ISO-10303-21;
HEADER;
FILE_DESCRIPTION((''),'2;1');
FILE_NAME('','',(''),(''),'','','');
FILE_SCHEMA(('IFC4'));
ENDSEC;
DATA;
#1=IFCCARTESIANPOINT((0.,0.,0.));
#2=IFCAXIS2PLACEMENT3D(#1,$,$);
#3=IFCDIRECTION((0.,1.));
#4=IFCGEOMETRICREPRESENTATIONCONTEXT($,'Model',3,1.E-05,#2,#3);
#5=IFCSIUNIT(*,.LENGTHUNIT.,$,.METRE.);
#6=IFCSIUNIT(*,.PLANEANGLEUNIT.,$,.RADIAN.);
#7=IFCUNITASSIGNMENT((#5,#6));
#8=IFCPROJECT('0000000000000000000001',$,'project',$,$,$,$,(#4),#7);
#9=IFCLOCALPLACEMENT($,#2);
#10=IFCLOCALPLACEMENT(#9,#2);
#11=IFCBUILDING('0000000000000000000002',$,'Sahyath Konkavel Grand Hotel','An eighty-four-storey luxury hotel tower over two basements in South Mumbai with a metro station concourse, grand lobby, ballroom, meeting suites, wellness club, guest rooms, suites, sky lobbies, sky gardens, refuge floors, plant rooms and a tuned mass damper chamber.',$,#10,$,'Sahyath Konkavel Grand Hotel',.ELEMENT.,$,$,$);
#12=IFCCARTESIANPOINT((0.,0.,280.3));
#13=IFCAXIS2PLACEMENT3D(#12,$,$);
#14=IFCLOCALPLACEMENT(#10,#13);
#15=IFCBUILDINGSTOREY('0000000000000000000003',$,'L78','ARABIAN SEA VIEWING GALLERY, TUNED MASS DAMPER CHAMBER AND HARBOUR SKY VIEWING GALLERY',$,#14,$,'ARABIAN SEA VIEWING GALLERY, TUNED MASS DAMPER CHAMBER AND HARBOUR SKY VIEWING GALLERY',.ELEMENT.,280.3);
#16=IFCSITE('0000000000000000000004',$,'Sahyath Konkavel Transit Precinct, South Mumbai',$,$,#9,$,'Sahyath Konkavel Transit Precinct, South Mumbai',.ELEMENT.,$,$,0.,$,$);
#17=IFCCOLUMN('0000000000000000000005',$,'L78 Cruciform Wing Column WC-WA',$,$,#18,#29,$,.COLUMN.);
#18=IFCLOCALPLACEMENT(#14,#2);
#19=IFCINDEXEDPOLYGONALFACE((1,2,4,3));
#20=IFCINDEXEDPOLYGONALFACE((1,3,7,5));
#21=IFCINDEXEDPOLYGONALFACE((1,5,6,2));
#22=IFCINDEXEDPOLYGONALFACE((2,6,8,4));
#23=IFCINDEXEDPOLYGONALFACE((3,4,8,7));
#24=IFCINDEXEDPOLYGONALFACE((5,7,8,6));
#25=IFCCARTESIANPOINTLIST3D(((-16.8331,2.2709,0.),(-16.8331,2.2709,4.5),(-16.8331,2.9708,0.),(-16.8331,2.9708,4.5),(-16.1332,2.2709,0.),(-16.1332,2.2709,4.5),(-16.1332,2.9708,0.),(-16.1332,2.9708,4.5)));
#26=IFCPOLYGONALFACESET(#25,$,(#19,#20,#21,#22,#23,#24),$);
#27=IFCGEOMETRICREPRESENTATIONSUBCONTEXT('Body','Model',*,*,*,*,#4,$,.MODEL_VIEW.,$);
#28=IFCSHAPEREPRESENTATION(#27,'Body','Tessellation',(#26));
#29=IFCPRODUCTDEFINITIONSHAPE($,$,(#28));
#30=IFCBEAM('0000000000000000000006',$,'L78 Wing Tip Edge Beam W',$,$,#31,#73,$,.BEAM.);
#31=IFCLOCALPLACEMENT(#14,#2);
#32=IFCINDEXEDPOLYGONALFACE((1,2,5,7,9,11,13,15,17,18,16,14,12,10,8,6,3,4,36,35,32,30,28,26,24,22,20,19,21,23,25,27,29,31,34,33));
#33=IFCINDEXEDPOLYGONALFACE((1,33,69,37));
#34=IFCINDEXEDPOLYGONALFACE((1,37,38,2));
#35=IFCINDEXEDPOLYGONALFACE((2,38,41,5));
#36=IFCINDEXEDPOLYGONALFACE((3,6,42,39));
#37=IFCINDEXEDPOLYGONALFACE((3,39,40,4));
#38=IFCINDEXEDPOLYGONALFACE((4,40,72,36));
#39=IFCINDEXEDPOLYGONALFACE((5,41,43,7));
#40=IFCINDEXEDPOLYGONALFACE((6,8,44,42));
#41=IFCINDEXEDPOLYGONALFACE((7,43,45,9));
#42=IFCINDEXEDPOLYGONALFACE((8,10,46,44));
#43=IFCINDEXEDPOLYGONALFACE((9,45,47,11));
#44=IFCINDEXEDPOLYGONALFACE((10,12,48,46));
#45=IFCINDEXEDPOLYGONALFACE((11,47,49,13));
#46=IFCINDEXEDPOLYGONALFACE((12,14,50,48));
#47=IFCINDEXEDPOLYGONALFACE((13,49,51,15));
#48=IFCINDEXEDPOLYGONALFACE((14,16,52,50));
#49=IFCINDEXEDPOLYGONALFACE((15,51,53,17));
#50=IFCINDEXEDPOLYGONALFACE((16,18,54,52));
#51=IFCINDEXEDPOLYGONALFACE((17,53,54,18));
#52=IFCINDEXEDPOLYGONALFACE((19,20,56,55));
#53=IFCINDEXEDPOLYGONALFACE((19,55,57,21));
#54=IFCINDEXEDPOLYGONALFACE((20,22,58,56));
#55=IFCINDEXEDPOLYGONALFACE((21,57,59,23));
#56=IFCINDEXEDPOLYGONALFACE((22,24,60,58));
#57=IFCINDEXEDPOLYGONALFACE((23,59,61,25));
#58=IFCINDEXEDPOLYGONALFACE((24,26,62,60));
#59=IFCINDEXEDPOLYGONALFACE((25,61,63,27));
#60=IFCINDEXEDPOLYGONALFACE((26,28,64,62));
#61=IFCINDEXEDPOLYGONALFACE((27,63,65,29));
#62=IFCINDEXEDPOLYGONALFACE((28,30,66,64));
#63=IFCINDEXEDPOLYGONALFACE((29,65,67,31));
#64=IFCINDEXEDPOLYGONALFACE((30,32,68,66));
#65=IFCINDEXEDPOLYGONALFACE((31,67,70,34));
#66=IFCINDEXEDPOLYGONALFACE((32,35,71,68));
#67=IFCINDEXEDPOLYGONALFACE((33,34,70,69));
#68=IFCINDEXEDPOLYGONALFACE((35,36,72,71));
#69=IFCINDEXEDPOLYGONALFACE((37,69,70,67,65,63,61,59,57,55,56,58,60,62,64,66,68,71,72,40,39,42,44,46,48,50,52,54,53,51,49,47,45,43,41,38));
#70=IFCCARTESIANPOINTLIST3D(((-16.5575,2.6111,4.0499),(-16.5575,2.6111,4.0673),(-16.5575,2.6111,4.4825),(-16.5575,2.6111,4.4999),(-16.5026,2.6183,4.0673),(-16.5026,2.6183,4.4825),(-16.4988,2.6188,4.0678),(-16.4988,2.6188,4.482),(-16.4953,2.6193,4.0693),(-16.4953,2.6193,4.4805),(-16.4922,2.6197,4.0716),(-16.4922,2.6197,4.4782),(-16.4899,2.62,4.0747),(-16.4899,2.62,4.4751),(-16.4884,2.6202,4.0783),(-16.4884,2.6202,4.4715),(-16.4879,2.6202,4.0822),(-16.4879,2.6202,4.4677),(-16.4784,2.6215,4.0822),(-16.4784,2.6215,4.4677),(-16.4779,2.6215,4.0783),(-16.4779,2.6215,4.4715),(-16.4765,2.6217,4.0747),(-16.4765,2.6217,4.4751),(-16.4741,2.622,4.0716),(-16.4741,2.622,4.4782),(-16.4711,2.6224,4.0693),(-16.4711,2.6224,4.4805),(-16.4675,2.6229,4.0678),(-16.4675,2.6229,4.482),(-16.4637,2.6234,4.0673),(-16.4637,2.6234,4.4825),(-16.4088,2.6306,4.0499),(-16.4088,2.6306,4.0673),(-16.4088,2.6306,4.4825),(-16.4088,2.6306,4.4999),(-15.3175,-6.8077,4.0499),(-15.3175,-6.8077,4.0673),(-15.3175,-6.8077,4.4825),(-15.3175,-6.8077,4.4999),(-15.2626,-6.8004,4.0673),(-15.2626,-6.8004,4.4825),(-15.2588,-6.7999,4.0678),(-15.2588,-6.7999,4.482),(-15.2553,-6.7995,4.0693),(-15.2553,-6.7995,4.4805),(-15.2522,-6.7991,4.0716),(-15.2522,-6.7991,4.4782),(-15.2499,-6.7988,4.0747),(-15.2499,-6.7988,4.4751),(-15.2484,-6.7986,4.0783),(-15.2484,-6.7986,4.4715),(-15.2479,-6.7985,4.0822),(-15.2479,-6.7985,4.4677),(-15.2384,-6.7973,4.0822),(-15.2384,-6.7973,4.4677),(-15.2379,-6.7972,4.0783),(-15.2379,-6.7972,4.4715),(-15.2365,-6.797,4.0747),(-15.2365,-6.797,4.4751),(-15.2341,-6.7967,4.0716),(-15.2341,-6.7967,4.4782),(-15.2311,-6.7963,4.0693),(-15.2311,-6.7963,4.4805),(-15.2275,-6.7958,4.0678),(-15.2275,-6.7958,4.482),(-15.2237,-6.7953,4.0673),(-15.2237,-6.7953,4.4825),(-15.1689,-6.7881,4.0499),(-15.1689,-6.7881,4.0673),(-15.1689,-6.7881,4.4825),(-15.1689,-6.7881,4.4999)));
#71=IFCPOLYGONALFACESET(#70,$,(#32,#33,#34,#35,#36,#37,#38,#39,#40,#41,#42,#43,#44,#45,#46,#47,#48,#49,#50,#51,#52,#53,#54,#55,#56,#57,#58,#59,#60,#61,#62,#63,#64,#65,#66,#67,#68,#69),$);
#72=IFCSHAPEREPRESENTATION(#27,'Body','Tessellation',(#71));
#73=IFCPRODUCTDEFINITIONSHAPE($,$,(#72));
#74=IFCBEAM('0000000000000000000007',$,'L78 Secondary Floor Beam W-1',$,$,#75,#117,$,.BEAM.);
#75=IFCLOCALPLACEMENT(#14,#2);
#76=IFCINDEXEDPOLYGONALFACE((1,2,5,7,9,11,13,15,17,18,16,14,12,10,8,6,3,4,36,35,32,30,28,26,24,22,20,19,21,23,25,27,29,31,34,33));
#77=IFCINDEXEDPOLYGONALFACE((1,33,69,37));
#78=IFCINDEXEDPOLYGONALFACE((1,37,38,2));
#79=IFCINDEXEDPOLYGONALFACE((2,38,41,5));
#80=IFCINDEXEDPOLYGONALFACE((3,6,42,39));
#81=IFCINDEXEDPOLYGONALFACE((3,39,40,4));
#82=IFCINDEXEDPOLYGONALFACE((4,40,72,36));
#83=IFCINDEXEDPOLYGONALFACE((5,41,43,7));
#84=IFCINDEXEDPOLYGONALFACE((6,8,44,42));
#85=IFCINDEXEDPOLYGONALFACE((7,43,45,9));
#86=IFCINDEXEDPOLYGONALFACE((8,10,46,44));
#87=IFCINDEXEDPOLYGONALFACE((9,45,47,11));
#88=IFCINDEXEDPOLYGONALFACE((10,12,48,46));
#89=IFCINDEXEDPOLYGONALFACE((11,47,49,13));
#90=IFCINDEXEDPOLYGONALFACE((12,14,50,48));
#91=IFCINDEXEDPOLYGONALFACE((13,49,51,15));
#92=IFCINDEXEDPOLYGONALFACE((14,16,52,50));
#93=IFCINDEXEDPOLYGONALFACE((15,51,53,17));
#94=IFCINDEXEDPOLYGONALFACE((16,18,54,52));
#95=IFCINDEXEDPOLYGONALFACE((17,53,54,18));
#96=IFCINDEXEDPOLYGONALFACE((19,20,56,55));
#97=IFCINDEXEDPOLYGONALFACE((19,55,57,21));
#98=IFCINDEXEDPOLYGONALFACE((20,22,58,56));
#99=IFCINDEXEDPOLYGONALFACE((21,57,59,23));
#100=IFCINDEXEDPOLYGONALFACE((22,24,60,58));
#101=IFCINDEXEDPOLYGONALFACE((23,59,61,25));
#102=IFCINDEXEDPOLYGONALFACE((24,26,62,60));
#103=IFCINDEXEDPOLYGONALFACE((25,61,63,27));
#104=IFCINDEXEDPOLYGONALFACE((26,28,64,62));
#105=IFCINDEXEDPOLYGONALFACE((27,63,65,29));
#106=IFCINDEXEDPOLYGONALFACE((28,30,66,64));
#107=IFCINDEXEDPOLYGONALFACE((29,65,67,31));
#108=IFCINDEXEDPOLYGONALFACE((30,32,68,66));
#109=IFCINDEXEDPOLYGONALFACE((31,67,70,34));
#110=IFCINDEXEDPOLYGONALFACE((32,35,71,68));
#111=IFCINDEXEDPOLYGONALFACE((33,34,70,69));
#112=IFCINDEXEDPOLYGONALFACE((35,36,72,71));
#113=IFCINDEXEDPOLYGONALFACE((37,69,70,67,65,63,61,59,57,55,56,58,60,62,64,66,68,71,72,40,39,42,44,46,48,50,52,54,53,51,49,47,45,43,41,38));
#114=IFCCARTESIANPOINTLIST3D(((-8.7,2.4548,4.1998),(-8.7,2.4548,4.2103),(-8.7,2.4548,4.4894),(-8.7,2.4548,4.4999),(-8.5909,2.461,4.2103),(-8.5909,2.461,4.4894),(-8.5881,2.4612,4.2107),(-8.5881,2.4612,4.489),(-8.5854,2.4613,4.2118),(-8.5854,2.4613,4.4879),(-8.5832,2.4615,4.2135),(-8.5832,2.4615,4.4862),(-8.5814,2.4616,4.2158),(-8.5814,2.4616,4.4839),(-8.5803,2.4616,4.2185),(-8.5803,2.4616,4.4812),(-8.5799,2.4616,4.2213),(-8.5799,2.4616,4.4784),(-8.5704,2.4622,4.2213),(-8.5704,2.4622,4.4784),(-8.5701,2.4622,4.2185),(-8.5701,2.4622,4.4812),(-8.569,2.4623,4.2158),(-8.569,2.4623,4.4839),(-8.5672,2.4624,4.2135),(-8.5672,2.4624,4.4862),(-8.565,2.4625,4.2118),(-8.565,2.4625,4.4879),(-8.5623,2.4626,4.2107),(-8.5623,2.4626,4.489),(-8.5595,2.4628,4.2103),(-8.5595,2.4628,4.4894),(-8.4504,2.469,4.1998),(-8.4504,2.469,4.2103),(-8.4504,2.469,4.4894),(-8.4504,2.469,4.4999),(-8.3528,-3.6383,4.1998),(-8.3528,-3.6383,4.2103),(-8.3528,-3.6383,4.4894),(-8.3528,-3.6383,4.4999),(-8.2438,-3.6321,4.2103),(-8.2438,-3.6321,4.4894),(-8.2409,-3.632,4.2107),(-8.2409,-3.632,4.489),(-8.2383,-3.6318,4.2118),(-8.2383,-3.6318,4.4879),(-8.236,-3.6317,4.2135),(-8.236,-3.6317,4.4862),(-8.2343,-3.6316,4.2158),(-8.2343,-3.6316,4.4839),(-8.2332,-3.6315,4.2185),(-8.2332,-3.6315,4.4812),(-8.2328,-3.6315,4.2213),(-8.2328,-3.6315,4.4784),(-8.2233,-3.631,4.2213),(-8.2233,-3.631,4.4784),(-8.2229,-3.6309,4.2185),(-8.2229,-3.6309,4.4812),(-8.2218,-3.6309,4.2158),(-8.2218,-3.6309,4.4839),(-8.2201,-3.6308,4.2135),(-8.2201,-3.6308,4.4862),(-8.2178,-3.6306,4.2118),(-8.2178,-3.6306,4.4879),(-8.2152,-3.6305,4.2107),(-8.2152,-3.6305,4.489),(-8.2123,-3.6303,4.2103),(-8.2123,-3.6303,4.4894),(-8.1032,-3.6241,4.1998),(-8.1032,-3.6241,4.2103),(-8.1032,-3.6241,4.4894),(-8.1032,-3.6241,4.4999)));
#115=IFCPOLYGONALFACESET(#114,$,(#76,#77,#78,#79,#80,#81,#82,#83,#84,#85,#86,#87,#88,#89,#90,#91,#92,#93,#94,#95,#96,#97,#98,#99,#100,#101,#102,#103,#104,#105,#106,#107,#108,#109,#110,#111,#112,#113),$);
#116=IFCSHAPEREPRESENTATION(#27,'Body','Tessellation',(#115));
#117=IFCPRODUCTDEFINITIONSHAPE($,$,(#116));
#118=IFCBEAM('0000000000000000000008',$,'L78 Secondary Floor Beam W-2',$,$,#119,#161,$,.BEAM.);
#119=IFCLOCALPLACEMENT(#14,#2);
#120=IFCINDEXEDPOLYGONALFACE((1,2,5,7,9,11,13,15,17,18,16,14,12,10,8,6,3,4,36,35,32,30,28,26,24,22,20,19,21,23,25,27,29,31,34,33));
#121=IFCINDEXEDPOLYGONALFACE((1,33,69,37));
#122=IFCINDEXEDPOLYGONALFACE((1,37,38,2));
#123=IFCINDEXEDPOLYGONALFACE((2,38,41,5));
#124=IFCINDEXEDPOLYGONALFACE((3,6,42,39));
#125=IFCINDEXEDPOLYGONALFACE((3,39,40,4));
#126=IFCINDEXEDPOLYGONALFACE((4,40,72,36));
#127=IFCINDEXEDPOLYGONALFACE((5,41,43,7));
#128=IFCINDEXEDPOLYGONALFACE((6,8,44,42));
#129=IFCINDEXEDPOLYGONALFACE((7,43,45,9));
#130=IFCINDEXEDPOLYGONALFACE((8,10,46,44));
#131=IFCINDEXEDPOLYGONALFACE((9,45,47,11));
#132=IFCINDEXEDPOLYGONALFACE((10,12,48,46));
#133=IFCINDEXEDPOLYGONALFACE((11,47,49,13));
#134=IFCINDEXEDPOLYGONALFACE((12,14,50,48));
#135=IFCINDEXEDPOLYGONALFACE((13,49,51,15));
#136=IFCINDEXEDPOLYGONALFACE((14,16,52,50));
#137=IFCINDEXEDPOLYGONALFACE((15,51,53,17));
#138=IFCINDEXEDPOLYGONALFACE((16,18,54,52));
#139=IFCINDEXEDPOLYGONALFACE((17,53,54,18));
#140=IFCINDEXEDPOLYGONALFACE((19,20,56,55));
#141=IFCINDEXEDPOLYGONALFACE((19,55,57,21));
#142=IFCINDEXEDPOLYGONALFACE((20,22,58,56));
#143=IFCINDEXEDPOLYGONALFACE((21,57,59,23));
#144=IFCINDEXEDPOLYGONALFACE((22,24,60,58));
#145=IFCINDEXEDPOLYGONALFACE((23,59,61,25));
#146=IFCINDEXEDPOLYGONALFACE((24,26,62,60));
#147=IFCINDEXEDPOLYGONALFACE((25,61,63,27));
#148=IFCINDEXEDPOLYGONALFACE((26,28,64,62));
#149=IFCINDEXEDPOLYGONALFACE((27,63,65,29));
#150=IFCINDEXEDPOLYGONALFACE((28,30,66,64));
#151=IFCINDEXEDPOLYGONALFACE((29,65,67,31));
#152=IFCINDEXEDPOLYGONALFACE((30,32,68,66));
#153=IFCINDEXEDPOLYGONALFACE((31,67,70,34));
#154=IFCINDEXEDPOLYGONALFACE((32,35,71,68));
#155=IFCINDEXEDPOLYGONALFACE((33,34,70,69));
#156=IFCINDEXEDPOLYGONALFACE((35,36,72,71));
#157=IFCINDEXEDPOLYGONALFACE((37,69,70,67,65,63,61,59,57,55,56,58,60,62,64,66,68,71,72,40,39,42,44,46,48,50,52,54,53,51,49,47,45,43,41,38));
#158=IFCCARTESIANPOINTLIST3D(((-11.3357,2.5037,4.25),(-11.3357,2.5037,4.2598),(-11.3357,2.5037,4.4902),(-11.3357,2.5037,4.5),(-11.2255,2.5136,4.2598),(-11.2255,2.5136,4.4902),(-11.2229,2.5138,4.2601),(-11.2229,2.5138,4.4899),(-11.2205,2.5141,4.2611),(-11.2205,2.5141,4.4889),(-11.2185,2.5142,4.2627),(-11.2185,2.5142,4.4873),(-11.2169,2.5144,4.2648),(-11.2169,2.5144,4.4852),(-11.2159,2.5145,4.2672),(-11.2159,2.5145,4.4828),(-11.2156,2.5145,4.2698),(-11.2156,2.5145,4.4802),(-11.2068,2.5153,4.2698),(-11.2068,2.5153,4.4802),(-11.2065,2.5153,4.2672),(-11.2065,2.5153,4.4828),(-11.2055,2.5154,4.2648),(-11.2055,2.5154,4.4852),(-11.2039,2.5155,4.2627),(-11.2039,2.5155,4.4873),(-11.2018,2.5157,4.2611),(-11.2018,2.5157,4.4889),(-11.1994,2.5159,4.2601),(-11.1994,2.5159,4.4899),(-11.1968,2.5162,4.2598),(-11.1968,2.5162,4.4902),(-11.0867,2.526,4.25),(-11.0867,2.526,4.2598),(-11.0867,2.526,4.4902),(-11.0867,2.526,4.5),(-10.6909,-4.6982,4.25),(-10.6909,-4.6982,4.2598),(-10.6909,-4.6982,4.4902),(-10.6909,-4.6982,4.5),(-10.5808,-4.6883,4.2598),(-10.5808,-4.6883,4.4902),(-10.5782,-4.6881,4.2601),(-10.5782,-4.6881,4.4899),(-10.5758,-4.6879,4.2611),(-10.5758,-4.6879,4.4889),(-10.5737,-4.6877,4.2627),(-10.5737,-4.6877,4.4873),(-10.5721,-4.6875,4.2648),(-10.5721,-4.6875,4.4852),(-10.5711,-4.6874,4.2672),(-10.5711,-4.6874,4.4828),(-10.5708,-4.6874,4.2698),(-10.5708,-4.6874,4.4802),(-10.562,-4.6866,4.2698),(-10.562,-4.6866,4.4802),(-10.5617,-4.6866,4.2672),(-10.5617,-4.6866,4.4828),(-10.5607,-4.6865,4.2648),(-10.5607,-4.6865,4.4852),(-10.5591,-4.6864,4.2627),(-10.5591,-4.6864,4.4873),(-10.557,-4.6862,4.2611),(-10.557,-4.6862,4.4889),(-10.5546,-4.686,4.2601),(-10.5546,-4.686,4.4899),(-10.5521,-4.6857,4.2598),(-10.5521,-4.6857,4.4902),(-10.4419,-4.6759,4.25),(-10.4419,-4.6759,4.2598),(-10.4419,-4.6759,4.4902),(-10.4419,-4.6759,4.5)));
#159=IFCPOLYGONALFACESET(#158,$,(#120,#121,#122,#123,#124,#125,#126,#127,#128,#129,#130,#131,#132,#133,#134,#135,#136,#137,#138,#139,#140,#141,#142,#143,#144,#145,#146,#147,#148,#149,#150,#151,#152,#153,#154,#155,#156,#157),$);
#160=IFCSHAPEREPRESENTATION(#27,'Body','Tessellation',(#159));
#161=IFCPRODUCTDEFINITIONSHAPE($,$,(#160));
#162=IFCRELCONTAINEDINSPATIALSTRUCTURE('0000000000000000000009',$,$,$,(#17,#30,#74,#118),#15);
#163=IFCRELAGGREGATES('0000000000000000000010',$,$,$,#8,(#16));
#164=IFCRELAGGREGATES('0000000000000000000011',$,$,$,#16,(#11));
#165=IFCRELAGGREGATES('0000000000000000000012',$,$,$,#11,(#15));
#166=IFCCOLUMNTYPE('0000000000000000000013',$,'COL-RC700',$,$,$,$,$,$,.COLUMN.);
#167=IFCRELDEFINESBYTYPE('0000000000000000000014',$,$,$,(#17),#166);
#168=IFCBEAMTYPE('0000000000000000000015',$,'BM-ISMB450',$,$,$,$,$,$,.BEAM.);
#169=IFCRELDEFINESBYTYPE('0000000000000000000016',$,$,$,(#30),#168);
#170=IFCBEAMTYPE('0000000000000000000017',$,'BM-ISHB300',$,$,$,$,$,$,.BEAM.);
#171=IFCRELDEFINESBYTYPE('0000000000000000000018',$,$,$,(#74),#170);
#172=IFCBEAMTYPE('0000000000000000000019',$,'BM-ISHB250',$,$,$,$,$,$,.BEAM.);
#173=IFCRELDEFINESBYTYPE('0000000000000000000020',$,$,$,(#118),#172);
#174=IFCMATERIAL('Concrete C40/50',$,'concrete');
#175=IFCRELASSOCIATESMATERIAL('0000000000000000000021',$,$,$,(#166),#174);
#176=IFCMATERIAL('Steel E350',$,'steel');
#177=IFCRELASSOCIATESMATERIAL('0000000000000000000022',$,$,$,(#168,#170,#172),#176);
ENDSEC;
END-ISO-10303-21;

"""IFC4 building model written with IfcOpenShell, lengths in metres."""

from ifc_helpers import new_model, si_unit, direction, frame, origin, origin_2d, place, context, subcontext, project, spatial, rectangle, i_section, extrude, source, transform, mapped, material, material_profile, profile_set, type_object, element, save


model = new_model("IFC4")

# Units and contexts
model_context = context("Model", 3, precision=1e-05, world=origin(), true_north=direction((0.0, 1.0)))
body_context = subcontext(model_context, "Body", "Model", "MODEL_VIEW")
ifc_project = project(units=[si_unit("LENGTHUNIT", "METRE"), si_unit("PLANEANGLEUNIT", "RADIAN")], contexts=[model_context])

# Site, building, storey
site_placement = place(None, origin())
site = spatial("IfcSite", under=ifc_project, at=site_placement, Name="Sahyath Konkavel Transit Precinct, South Mumbai", LongName="Sahyath Konkavel Transit Precinct, South Mumbai", CompositionType="ELEMENT", RefElevation=0.0)
building_placement = place(site_placement, origin())
building = spatial("IfcBuilding", under=site, at=building_placement, Name="Sahyath Konkavel Grand Hotel", Description="An eighty-four-storey luxury hotel tower over two basements in South Mumbai with a metro station concourse, grand lobby, ballroom, meeting suites, wellness club, guest rooms, suites, sky lobbies, sky gardens, refuge floors, plant rooms and a tuned mass damper chamber.", LongName="Sahyath Konkavel Grand Hotel", CompositionType="ELEMENT")
storey_placement = place(building_placement, frame((0.0, 0.0, 280.3)))
storey = spatial("IfcBuildingStorey", under=building, at=storey_placement, Name="L78", Description="ARABIAN SEA VIEWING GALLERY, TUNED MASS DAMPER CHAMBER AND HARBOUR SKY VIEWING GALLERY", LongName="ARABIAN SEA VIEWING GALLERY, TUNED MASS DAMPER CHAMBER AND HARBOUR SKY VIEWING GALLERY", CompositionType="ELEMENT", Elevation=280.3)

# Column
ifc_material_1 = material(Name="Concrete C40/50", Category="concrete")
ifc_material_profile_1 = material_profile(ifc_material_1, rectangle(XDim=0.7, YDim=0.7, at=origin_2d()), Name="RC 700x700")
ifc_profile_set_1 = profile_set([ifc_material_profile_1], Name="Concrete C40/50")
column_type = type_object("IfcColumnType", Name="COL-RC700", PredefinedType="COLUMN", material=ifc_profile_set_1)
shared_shape_1 = source(origin(), body_context, "Body", "SweptSolid", [
    extrude(rectangle(XDim=0.7, YDim=0.7, at=origin_2d()), origin(), (0.0, 0.0, 1.0), 4.5),
])
column_placement = place(storey_placement, frame((-16.4832, 2.6208, 0.0), z_axis=(0.0, 0.0, 1.0), x_axis=(1.0, 0.0, 0.0)))
element("IfcColumn", 1, at=column_placement, inside=storey, type_object=column_type, Name="L78 Cruciform Wing Column WC-WA", PredefinedType="COLUMN", context=body_context, shape_type="MappedRepresentation", body=[
    mapped(shared_shape_1, transform((0.0, 0.0, 0.0), scale=1.0)),
])

# Beams
ifc_material_2 = material(Name="Steel E350", Category="steel")
ifc_material_profile_2 = material_profile(ifc_material_2, i_section(OverallWidth=0.1499, OverallDepth=0.45, WebThickness=0.0095, FlangeThickness=0.0173, FilletRadius=0.0149, at=origin_2d()), Name="ISMB 450")
ifc_profile_set_2 = profile_set([ifc_material_profile_2], Name="Steel E350")
beam_type_1 = type_object("IfcBeamType", Name="BM-ISMB450", PredefinedType="BEAM", material=ifc_profile_set_2)
shared_shape_2 = source(origin(), body_context, "Body", "SweptSolid", [
    extrude(i_section(OverallWidth=0.1499, OverallDepth=0.45, WebThickness=0.0095, FlangeThickness=0.0173, FilletRadius=0.0149, at=origin_2d()), origin(), (0.0, 0.0, 1.0), 9.5),
])
beam_1_placement = place(storey_placement, frame((-16.4832, 2.6208, 4.2749), z_axis=(0.130526, -0.991445, 0.0), x_axis=(0.991445, 0.130526, 0.0)))
element("IfcBeam", 2, at=beam_1_placement, inside=storey, type_object=beam_type_1, Name="L78 Wing Tip Edge Beam W", PredefinedType="BEAM", context=body_context, shape_type="MappedRepresentation", body=[
    mapped(shared_shape_2, transform((0.0, 0.0, 0.0), scale=1.0)),
])
ifc_material_profile_3 = material_profile(ifc_material_2, i_section(OverallWidth=0.25, OverallDepth=0.3, WebThickness=0.0095, FlangeThickness=0.0105, FilletRadius=0.011, at=origin_2d()), Name="ISHB 300")
ifc_profile_set_3 = profile_set([ifc_material_profile_3], Name="Steel E350")
beam_type_2 = type_object("IfcBeamType", Name="BM-ISHB300", PredefinedType="BEAM", material=ifc_profile_set_3)
shared_shape_3 = source(origin(), body_context, "Body", "SweptSolid", [
    extrude(i_section(OverallWidth=0.25, OverallDepth=0.3, WebThickness=0.0095, FlangeThickness=0.0105, FilletRadius=0.011, at=origin_2d()), origin(), (0.0, 0.0, 1.0), 6.103),
])
beam_2_placement = place(storey_placement, frame((-8.5752, 2.4619, 4.3499), z_axis=(0.056883, -0.998381, 0.0), x_axis=(0.998381, 0.056883, 0.0)))
element("IfcBeam", 3, at=beam_2_placement, inside=storey, type_object=beam_type_2, Name="L78 Secondary Floor Beam W-1", PredefinedType="BEAM", context=body_context, shape_type="MappedRepresentation", body=[
    mapped(shared_shape_3, transform((0.0, 0.0, 0.0), scale=1.0)),
])
ifc_material_profile_4 = material_profile(ifc_material_2, i_section(OverallWidth=0.25, OverallDepth=0.25, WebThickness=0.0088, FlangeThickness=0.0098, FilletRadius=0.01, at=origin_2d()), Name="ISHB 250")
ifc_profile_set_4 = profile_set([ifc_material_profile_4], Name="Steel E350")
beam_type_3 = type_object("IfcBeamType", Name="BM-ISHB250", PredefinedType="BEAM", material=ifc_profile_set_4)
shared_shape_4 = source(origin(), body_context, "Body", "SweptSolid", [
    extrude(i_section(OverallWidth=0.25, OverallDepth=0.25, WebThickness=0.0088, FlangeThickness=0.0098, FilletRadius=0.01, at=origin_2d()), origin(), (0.0, 0.0, 1.0), 7.2307),
])
beam_3_placement = place(storey_placement, frame((-11.2112, 2.5149, 4.375), z_axis=(0.089172, -0.996016, 0.0), x_axis=(0.996016, 0.089172, 0.0)))
element("IfcBeam", 4, at=beam_3_placement, inside=storey, type_object=beam_type_3, Name="L78 Secondary Floor Beam W-2", PredefinedType="BEAM", context=body_context, shape_type="MappedRepresentation", body=[
    mapped(shared_shape_4, transform((0.0, 0.0, 0.0), scale=1.0)),
])

save(model, "model.ifc")
